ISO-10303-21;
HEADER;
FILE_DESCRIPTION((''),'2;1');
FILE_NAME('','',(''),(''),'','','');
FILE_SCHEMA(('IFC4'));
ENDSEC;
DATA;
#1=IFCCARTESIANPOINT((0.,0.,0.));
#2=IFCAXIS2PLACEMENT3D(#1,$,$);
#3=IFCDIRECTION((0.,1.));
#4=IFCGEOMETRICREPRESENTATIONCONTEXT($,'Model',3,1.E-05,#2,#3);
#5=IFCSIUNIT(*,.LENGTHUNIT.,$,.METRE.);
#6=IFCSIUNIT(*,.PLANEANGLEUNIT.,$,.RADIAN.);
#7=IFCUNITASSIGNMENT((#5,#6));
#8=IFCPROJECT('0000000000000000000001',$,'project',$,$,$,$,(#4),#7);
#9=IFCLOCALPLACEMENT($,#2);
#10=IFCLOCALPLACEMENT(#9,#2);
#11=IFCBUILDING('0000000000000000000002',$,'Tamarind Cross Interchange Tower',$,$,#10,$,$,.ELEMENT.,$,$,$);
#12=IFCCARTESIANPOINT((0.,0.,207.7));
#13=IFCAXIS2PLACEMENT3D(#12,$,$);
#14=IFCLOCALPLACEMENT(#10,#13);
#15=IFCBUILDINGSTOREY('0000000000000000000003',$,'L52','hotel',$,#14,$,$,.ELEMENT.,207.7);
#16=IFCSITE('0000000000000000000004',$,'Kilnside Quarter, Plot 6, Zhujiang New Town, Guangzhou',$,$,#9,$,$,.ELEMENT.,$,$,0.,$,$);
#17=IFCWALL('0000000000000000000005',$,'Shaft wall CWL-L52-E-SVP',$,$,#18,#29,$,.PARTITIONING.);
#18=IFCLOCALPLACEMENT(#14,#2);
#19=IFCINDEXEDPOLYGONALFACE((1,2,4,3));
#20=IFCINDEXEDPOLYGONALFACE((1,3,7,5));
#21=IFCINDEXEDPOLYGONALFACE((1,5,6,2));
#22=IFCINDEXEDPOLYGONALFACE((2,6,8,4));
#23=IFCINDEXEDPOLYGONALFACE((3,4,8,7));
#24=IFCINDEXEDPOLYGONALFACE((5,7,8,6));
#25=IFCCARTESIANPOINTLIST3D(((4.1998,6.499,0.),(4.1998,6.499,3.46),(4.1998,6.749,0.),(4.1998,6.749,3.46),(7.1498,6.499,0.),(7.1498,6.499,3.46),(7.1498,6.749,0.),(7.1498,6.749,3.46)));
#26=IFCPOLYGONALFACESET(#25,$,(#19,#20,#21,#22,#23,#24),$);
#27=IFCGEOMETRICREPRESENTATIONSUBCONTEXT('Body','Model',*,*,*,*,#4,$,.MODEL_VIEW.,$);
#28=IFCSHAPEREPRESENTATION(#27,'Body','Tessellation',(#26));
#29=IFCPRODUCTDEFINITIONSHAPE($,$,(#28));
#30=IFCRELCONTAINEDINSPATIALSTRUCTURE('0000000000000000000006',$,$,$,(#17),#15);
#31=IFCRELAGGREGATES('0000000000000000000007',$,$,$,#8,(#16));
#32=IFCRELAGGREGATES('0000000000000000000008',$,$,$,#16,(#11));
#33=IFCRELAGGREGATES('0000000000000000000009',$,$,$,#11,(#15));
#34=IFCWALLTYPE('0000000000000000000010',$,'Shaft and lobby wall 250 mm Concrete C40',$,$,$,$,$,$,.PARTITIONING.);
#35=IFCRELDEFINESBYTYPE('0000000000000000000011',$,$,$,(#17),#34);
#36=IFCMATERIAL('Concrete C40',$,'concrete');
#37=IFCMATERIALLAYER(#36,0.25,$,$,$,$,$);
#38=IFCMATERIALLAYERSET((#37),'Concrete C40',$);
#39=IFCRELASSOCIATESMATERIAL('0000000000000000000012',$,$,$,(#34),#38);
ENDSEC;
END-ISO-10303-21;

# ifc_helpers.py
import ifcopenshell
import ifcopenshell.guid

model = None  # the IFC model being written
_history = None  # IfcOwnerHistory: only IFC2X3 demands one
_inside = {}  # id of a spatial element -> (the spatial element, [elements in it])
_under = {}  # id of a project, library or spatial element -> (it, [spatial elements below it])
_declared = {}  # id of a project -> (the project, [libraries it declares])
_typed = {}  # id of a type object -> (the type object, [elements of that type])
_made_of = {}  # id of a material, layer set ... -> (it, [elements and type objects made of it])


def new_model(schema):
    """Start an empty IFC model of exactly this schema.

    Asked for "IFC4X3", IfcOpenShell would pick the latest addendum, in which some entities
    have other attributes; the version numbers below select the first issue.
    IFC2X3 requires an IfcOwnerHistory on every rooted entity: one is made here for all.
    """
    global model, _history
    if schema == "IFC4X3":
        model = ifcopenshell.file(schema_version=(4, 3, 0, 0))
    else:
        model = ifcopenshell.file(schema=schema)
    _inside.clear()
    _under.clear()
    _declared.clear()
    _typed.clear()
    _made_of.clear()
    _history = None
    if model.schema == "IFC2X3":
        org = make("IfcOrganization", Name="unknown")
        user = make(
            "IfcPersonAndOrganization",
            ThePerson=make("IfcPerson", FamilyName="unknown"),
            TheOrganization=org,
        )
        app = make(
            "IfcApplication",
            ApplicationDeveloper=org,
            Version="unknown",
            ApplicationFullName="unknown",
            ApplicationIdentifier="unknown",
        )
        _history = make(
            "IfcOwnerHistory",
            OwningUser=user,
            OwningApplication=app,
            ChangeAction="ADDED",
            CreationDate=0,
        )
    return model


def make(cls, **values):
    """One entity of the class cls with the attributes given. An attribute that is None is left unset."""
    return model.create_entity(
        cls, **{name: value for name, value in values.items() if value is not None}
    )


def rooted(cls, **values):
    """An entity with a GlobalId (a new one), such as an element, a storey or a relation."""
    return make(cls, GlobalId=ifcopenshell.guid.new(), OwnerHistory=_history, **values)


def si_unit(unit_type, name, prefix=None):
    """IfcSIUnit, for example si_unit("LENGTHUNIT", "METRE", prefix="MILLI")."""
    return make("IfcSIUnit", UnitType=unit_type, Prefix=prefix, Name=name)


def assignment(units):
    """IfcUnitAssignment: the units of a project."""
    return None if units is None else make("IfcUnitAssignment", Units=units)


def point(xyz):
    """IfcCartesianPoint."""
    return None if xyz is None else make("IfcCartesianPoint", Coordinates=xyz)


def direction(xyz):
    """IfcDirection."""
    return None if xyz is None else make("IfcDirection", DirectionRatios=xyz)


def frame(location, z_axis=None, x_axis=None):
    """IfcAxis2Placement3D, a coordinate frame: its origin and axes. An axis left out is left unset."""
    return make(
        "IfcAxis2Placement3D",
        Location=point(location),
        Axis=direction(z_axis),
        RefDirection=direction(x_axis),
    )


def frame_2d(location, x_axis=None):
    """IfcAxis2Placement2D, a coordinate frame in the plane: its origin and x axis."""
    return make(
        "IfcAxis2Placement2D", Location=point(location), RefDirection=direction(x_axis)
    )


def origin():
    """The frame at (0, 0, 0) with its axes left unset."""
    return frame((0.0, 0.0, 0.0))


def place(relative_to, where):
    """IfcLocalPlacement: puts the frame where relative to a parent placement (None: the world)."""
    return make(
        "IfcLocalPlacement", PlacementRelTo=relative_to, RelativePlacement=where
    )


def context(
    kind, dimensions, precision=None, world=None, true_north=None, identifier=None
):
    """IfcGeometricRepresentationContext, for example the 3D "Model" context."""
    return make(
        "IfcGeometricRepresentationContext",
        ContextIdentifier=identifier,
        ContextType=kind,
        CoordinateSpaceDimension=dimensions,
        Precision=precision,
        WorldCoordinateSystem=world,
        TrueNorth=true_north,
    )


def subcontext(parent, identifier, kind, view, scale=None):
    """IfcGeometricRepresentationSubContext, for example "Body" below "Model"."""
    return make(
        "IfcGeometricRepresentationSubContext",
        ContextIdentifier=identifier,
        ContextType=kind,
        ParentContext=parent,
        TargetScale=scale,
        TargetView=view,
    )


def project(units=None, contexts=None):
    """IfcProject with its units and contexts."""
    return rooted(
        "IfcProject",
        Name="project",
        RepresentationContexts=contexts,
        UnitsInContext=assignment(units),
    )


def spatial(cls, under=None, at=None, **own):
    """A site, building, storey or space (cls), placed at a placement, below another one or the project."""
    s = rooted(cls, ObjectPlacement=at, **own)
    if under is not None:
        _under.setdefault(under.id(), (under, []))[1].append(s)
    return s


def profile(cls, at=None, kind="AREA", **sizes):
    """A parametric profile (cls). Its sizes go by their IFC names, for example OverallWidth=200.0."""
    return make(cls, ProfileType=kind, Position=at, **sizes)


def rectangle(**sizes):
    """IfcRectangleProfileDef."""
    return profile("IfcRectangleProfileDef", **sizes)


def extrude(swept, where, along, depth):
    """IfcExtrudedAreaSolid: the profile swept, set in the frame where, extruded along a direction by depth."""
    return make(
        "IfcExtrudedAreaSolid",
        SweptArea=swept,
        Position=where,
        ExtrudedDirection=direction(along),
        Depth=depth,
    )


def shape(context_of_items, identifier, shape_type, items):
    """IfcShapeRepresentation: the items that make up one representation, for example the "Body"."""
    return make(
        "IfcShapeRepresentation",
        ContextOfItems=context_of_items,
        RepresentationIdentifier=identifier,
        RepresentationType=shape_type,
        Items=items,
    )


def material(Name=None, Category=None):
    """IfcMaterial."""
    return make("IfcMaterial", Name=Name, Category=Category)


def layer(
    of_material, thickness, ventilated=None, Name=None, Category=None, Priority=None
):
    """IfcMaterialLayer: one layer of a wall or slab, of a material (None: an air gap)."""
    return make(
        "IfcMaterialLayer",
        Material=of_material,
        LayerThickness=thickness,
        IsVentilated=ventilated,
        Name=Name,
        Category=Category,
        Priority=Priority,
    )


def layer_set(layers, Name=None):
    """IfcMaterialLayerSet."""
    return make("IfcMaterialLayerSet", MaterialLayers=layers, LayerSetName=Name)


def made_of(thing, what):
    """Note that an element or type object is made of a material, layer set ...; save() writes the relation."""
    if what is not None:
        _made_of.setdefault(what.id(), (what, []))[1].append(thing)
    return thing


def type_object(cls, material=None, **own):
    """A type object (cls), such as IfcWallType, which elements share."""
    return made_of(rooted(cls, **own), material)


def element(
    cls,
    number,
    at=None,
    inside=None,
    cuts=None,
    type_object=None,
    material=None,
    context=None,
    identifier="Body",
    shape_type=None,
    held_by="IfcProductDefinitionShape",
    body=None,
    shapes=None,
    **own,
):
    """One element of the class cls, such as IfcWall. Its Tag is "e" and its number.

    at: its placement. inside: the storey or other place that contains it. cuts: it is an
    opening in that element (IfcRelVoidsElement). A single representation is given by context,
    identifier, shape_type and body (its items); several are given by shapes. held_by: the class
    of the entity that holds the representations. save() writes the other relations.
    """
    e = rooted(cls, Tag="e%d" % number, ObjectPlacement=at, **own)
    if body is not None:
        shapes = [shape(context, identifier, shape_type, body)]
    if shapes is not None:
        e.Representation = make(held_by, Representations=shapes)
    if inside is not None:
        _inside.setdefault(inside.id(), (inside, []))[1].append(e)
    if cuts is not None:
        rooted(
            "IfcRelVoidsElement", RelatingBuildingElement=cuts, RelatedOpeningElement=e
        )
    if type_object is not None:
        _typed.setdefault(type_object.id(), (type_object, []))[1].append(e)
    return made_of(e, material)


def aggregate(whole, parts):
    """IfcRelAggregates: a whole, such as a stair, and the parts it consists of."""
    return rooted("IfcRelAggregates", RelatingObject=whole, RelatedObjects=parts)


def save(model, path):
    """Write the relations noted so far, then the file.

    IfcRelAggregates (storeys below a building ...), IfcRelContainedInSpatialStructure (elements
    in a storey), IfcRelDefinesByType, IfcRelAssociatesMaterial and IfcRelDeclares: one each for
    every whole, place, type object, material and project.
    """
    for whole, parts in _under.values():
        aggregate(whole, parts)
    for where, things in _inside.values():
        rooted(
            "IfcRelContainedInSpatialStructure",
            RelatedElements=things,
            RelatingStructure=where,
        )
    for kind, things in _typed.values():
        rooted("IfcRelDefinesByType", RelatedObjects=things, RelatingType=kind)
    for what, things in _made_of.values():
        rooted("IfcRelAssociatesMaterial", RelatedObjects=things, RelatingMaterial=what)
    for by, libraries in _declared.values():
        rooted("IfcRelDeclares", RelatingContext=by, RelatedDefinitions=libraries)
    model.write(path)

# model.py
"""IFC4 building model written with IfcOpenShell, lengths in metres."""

from ifc_helpers import new_model, si_unit, direction, frame, frame_2d, origin, place, context, subcontext, project, spatial, rectangle, extrude, material, layer, layer_set, type_object, element, save


model = new_model("IFC4")

# Units and contexts
model_context = context("Model", 3, precision=1e-05, world=origin(), true_north=direction((0.0, 1.0)))
body_context = subcontext(model_context, "Body", "Model", "MODEL_VIEW")
ifc_project = project(units=[si_unit("LENGTHUNIT", "METRE"), si_unit("PLANEANGLEUNIT", "RADIAN")], contexts=[model_context])

# Site, building, storey
site_placement = place(None, origin())
site = spatial("IfcSite", under=ifc_project, at=site_placement, Name="Kilnside Quarter, Plot 6, Zhujiang New Town, Guangzhou", CompositionType="ELEMENT", RefElevation=0.0)
building_placement = place(site_placement, origin())
building = spatial("IfcBuilding", under=site, at=building_placement, Name="Tamarind Cross Interchange Tower", CompositionType="ELEMENT")
storey_placement = place(building_placement, frame((0.0, 0.0, 207.7)))
storey = spatial("IfcBuildingStorey", under=building, at=storey_placement, Name="L52", Description="hotel", CompositionType="ELEMENT", Elevation=207.7)

# Shared definitions
ifc_material_1 = material(Name="Concrete C40", Category="concrete")

# Wall
ifc_layer_1 = layer(ifc_material_1, 0.25)
ifc_layer_set_1 = layer_set([ifc_layer_1], Name="Concrete C40")
wall_type_1 = type_object("IfcWallType", Name="Shaft and lobby wall 250 mm Concrete C40", PredefinedType="PARTITIONING", material=ifc_layer_set_1)
wall_1_placement = place(storey_placement, frame((7.1499, 6.624, 0.0), z_axis=(0.0, 0.0, 1.0), x_axis=(-1.0, 0.0, 0.0)))
element("IfcWall", 1, at=wall_1_placement, inside=storey, type_object=wall_type_1, Name="Shaft wall CWL-L52-E-SVP", PredefinedType="PARTITIONING", context=body_context, shape_type="SweptSolid", body=[
    extrude(rectangle(XDim=2.95, YDim=0.25, at=frame_2d((1.4751, 0.0))), origin(), (0.0, 0.0, 1.0), 3.46),
])

save(model, "model.ifc")
